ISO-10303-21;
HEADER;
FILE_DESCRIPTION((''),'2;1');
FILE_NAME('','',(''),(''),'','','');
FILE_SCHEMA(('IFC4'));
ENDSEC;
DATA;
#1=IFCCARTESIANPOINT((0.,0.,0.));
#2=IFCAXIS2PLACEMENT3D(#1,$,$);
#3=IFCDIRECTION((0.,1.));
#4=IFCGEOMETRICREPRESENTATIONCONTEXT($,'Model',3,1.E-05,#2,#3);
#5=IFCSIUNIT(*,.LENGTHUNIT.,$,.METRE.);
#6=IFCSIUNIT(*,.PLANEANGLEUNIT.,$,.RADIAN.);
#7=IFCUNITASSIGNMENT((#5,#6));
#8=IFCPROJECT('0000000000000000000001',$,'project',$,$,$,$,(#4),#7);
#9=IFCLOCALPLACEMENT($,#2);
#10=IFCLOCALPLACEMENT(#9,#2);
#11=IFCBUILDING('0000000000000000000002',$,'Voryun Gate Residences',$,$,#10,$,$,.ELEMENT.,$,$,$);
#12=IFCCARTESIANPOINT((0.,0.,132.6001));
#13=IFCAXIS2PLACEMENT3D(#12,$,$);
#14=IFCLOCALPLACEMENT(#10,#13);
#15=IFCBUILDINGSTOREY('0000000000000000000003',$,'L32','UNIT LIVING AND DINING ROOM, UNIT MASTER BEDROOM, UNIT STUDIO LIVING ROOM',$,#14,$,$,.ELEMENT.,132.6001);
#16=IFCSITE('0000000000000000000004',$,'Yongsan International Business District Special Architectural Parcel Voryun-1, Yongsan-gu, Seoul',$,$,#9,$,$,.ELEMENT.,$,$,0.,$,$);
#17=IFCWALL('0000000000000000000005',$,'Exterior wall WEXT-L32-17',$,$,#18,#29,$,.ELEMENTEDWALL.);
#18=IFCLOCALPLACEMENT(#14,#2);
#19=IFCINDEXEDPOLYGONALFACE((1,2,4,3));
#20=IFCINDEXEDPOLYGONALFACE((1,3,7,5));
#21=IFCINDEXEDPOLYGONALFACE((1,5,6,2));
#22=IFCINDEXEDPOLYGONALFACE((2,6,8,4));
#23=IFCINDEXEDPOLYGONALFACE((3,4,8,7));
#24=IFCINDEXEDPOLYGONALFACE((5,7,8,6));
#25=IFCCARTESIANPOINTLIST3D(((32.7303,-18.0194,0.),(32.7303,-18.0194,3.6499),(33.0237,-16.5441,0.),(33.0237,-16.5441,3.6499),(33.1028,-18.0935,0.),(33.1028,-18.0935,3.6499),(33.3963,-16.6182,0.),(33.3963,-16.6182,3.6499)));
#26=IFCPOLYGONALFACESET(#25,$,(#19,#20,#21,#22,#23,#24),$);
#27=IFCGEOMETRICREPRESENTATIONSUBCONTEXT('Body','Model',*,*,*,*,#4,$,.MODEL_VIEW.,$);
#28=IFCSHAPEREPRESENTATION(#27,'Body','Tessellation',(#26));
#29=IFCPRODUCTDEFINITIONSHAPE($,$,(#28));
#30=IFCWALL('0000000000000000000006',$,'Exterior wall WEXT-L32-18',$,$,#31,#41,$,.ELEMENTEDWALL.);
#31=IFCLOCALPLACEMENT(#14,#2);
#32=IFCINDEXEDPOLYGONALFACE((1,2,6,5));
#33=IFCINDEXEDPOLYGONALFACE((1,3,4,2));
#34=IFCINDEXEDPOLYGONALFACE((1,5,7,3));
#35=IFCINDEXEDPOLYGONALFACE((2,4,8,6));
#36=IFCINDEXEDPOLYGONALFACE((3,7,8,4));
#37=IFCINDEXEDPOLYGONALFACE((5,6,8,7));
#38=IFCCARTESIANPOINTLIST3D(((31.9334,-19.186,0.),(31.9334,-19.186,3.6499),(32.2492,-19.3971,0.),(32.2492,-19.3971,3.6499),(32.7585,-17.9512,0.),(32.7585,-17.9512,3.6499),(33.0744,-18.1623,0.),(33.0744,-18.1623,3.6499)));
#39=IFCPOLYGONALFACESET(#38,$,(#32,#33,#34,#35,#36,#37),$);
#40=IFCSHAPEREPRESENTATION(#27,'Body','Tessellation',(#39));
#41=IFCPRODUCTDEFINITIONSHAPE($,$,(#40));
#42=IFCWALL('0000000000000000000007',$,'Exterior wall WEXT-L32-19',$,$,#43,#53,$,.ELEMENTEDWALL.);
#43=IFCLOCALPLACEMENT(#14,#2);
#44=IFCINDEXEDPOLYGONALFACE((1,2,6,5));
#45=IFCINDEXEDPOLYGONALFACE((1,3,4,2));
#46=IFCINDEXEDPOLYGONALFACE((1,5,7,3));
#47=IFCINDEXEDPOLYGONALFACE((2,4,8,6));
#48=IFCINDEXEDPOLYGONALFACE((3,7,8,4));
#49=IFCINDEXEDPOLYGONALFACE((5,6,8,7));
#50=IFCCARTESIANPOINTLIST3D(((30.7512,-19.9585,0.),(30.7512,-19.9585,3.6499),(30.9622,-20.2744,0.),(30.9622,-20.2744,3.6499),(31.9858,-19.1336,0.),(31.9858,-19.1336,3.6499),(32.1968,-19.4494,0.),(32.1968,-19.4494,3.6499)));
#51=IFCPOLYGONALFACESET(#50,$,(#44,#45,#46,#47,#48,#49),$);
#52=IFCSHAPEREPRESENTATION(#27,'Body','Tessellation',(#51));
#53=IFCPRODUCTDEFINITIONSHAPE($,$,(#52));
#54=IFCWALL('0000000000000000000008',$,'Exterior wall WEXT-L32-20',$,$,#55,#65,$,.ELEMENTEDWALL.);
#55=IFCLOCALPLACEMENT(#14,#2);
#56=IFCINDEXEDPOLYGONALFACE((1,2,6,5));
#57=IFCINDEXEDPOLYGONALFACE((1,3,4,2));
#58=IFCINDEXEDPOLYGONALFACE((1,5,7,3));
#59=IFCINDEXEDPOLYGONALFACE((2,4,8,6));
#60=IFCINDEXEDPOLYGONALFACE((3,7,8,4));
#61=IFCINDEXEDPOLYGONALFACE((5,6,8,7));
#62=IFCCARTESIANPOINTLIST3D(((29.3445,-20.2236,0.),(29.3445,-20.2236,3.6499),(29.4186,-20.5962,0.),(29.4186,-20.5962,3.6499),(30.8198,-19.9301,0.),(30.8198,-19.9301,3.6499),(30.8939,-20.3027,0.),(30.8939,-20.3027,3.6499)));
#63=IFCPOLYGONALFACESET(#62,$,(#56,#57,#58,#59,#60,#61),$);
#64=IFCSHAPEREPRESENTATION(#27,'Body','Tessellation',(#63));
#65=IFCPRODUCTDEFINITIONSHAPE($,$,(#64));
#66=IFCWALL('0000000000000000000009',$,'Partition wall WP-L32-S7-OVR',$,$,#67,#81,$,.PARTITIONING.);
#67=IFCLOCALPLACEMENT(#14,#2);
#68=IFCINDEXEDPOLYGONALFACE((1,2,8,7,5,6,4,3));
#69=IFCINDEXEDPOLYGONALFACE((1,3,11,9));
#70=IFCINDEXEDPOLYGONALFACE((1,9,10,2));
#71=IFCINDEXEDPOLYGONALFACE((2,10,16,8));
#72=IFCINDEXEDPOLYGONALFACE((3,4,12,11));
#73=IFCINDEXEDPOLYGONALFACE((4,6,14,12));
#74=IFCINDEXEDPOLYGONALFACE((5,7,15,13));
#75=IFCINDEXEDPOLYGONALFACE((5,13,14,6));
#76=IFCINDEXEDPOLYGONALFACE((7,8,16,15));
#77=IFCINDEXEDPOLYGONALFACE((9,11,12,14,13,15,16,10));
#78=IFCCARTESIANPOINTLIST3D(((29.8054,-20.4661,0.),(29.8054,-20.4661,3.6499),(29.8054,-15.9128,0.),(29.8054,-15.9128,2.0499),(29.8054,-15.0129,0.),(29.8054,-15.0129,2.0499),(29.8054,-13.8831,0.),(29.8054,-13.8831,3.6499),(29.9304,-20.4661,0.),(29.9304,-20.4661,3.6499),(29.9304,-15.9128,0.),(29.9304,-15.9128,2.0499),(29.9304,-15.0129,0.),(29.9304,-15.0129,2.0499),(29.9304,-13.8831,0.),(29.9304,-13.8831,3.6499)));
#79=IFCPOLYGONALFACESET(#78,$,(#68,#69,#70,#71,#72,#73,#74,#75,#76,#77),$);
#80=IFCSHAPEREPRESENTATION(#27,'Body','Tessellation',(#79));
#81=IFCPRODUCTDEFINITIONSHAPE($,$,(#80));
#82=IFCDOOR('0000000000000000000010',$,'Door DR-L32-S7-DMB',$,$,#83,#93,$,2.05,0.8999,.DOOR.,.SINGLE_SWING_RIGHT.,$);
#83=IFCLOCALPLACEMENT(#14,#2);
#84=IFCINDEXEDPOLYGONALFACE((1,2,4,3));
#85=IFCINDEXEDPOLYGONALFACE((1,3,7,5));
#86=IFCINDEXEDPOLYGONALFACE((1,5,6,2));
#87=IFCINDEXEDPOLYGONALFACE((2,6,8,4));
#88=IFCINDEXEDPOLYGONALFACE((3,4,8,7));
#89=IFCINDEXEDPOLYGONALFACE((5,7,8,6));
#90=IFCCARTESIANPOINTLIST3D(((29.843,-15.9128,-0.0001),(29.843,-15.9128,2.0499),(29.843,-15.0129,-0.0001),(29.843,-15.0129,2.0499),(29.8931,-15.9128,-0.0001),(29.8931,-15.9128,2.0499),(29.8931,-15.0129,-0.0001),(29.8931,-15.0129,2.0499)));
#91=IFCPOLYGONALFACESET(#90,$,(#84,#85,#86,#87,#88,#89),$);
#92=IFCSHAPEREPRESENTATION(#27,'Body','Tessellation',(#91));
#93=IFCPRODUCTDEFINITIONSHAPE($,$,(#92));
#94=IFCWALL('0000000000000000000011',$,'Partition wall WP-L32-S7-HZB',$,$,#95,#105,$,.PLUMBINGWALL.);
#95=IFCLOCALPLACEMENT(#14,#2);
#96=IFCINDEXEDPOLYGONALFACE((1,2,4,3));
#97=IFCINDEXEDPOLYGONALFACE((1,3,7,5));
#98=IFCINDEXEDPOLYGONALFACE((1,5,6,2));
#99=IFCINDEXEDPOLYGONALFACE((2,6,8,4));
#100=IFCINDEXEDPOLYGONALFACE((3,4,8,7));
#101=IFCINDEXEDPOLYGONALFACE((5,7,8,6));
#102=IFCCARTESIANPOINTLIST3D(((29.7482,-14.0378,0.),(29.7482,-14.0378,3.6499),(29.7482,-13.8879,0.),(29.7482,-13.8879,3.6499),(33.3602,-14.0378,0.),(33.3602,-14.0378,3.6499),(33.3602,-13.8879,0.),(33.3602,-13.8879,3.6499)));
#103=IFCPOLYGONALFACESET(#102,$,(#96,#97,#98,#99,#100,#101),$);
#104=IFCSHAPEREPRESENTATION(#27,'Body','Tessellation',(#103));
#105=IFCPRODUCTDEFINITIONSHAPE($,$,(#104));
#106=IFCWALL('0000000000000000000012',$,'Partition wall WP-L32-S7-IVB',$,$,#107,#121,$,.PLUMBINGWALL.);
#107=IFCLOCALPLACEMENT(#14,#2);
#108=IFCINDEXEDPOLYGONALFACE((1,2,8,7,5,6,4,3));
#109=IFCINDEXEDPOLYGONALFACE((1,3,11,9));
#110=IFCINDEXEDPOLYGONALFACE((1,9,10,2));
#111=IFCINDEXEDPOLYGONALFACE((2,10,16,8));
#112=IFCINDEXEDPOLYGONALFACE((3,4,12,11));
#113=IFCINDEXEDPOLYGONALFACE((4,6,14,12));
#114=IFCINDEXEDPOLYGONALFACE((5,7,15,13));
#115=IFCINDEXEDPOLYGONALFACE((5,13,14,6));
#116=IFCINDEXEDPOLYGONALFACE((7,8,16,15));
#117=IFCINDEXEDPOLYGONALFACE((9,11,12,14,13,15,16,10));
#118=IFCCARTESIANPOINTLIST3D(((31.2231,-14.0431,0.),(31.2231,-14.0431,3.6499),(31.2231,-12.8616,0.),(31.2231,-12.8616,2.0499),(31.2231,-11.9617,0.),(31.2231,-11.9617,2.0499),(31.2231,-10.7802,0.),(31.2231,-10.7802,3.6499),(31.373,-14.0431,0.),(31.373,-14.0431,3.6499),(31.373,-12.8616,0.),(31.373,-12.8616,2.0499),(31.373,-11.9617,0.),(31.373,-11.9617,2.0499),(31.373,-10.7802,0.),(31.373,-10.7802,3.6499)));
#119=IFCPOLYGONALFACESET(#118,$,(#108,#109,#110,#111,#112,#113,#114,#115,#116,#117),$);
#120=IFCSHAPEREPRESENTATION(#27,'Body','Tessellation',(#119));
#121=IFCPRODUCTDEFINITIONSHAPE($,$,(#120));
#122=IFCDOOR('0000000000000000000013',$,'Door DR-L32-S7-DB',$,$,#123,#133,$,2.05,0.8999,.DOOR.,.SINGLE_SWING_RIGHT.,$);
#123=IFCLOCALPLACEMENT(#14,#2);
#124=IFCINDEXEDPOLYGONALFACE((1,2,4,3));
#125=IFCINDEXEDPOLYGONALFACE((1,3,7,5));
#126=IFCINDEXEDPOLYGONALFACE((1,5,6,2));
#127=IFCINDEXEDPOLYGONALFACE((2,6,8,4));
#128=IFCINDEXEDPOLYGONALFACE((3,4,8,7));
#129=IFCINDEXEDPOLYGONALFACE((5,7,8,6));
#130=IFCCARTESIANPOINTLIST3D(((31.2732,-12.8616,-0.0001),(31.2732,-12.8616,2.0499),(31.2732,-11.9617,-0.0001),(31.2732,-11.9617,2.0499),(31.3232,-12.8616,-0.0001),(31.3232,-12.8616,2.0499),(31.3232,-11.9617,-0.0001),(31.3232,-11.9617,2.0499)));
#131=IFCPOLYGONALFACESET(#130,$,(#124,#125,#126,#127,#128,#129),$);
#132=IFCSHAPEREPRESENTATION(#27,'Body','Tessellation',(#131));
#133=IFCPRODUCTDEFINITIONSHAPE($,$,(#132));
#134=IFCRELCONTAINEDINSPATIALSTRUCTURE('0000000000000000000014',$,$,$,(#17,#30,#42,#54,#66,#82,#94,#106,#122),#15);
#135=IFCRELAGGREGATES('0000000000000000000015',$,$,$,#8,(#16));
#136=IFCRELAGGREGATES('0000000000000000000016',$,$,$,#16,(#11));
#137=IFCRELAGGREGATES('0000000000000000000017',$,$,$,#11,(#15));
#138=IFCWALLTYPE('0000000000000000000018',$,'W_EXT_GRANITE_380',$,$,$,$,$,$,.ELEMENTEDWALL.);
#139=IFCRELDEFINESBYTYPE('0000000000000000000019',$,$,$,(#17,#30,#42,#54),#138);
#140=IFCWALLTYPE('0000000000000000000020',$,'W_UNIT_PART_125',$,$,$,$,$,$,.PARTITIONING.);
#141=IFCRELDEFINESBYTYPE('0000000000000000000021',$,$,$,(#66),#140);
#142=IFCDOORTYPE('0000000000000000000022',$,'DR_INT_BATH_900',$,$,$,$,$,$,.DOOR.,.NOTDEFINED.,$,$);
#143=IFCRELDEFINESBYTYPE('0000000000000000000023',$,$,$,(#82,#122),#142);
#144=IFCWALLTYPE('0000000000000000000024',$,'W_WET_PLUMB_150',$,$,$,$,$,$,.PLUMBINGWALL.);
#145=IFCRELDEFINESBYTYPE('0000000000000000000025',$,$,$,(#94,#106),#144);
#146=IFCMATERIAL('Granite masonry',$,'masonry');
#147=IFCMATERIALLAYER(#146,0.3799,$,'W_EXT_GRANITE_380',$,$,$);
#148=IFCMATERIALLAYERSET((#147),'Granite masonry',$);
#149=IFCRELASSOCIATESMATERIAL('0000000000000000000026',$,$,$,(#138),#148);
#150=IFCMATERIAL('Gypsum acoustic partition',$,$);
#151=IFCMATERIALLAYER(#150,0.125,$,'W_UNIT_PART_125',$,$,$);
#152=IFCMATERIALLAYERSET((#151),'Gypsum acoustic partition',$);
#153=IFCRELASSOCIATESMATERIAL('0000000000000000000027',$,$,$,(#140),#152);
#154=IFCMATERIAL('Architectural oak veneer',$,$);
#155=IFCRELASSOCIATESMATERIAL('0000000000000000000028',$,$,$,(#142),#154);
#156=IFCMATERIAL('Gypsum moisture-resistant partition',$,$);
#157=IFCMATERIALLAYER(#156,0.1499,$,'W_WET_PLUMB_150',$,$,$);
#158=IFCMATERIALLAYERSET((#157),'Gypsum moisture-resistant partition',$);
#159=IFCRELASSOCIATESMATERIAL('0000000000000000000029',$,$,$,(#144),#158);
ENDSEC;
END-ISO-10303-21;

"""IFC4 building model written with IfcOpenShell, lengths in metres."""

from ifc_helpers import new_model, si_unit, direction, frame, frame_2d, origin, place, context, subcontext, project, spatial, rectangle, extrude, material, layer, layer_set, type_object, element, fill, save


model = new_model("IFC4")

# Units and contexts
model_context = context("Model", 3, precision=1e-05, world=origin(), true_north=direction((0.0, 1.0)))
body_context = subcontext(model_context, "Body", "Model", "MODEL_VIEW")
ifc_project = project(units=[si_unit("LENGTHUNIT", "METRE"), si_unit("PLANEANGLEUNIT", "RADIAN")], contexts=[model_context])

# Site, building, storey
site_placement = place(None, origin())
site = spatial("IfcSite", under=ifc_project, at=site_placement, Name="Yongsan International Business District Special Architectural Parcel Voryun-1, Yongsan-gu, Seoul", CompositionType="ELEMENT", RefElevation=0.0)
building_placement = place(site_placement, origin())
building = spatial("IfcBuilding", under=site, at=building_placement, Name="Voryun Gate Residences", CompositionType="ELEMENT")
storey_placement = place(building_placement, frame((0.0, 0.0, 132.6001)))
storey = spatial("IfcBuildingStorey", under=building, at=storey_placement, Name="L32", Description="UNIT LIVING AND DINING ROOM, UNIT MASTER BEDROOM, UNIT STUDIO LIVING ROOM", CompositionType="ELEMENT", Elevation=132.6001)

# Walls
ifc_material_1 = material(Name="Granite masonry", Category="masonry")
ifc_layer_1 = layer(ifc_material_1, 0.3799, Name="W_EXT_GRANITE_380")
ifc_layer_set_1 = layer_set([ifc_layer_1], Name="Granite masonry")
wall_type_1 = type_object("IfcWallType", Name="W_EXT_GRANITE_380", PredefinedType="ELEMENTEDWALL", material=ifc_layer_set_1)
wall_1_placement = place(storey_placement, frame((33.21, -16.5813, 0.0), z_axis=(0.0, 0.0, 1.0), x_axis=(-0.195086, -0.980786, 0.0)))
element("IfcWall", 1, at=wall_1_placement, inside=storey, type_object=wall_type_1, Name="Exterior wall WEXT-L32-17", PredefinedType="ELEMENTEDWALL", context=body_context, shape_type="SweptSolid", body=[
    extrude(rectangle(XDim=1.5042, YDim=0.3799, at=frame_2d((0.752, 0.0))), origin(), (0.0, 0.0, 1.0), 3.6499),
])
wall_2_placement = place(storey_placement, frame((32.9165, -18.0566, 0.0), z_axis=(0.0, 0.0, 1.0), x_axis=(-0.55561, -0.831443, 0.0)))
element("IfcWall", 2, at=wall_2_placement, inside=storey, type_object=wall_type_1, Name="Exterior wall WEXT-L32-18", PredefinedType="ELEMENTEDWALL", context=body_context, shape_type="SweptSolid", body=[
    extrude(rectangle(XDim=1.4851, YDim=0.3799, at=frame_2d((0.7427, 0.0))), origin(), (0.0, 0.0, 1.0), 3.6499),
])
wall_3_placement = place(storey_placement, frame((32.0913, -19.2915, 0.0), z_axis=(0.0, 0.0, 1.0), x_axis=(-0.831468, -0.555573, 0.0)))
element("IfcWall", 3, at=wall_3_placement, inside=storey, type_object=wall_type_1, Name="Exterior wall WEXT-L32-19", PredefinedType="ELEMENTEDWALL", context=body_context, shape_type="SweptSolid", body=[
    extrude(rectangle(XDim=1.4849, YDim=0.3799, at=frame_2d((0.7424, 0.0))), origin(), (0.0, 0.0, 1.0), 3.6499),
])
wall_4_placement = place(storey_placement, frame((30.8567, -20.1165, 0.0), z_axis=(0.0, 0.0, 1.0), x_axis=(-0.980786, -0.195086, 0.0)))
element("IfcWall", 4, at=wall_4_placement, inside=storey, type_object=wall_type_1, Name="Exterior wall WEXT-L32-20", PredefinedType="ELEMENTEDWALL", context=body_context, shape_type="SweptSolid", body=[
    extrude(rectangle(XDim=1.5042, YDim=0.3799, at=frame_2d((0.752, 0.0))), origin(), (0.0, 0.0, 1.0), 3.6499),
])

# Wall, opening, door
ifc_material_2 = material(Name="Gypsum acoustic partition")
ifc_layer_2 = layer(ifc_material_2, 0.125, Name="W_UNIT_PART_125")
ifc_layer_set_2 = layer_set([ifc_layer_2], Name="Gypsum acoustic partition")
wall_type_2 = type_object("IfcWallType", Name="W_UNIT_PART_125", PredefinedType="PARTITIONING", material=ifc_layer_set_2)
wall_5_placement = place(storey_placement, frame((29.8679, -20.4661, 0.0), z_axis=(0.0, 0.0, 1.0), x_axis=(0.0, 1.0, 0.0)))
wall_5 = element("IfcWall", 5, at=wall_5_placement, inside=storey, type_object=wall_type_2, Name="Partition wall WP-L32-S7-OVR", PredefinedType="PARTITIONING", context=body_context, shape_type="SweptSolid", body=[
    extrude(rectangle(XDim=6.583, YDim=0.125, at=frame_2d((3.2915, 0.0))), origin(), (0.0, 0.0, 1.0), 3.6499),
])
opening_1_placement = place(wall_5_placement, frame((4.5532, 0.0, 0.0)))
opening_1 = element("IfcOpeningElement", 6, at=opening_1_placement, cuts=wall_5, PredefinedType="OPENING", context=body_context, shape_type="SweptSolid", body=[
    extrude(rectangle(XDim=0.8999, YDim=2.05, at=frame_2d((0.45, 1.0249))), frame((0.0, 0.0725, 0.0), z_axis=(0.0, -1.0, 0.0), x_axis=(1.0, 0.0, 0.0)), (0.0, 0.0, 1.0), 0.145),
])
ifc_material_3 = material(Name="Architectural oak veneer")
door_type = type_object("IfcDoorType", Name="DR_INT_BATH_900", OperationType="NOTDEFINED", PredefinedType="DOOR", material=ifc_material_3)
door_1_placement = place(opening_1_placement, origin())
door_1 = element("IfcDoor", 7, at=door_1_placement, inside=storey, type_object=door_type, Name="Door DR-L32-S7-DMB", OperationType="SINGLE_SWING_RIGHT", OverallHeight=2.05, OverallWidth=0.8999, PredefinedType="DOOR", context=body_context, shape_type="SweptSolid", body=[
    extrude(rectangle(XDim=0.8999, YDim=2.05, at=frame_2d((0.45, 1.0249))), frame((0.0, 0.0249, 0.0), z_axis=(0.0, -1.0, 0.0), x_axis=(1.0, 0.0, 0.0)), (0.0, 0.0, 1.0), 0.05),
])
fill(opening_1, door_1)

# Wall
ifc_material_4 = material(Name="Gypsum moisture-resistant partition")
ifc_layer_3 = layer(ifc_material_4, 0.1499, Name="W_WET_PLUMB_150")
ifc_layer_set_3 = layer_set([ifc_layer_3], Name="Gypsum moisture-resistant partition")
wall_type_3 = type_object("IfcWallType", Name="W_WET_PLUMB_150", PredefinedType="PLUMBINGWALL", material=ifc_layer_set_3)
wall_6_placement = place(storey_placement, frame((29.748, -13.9629, 0.0), z_axis=(0.0, 0.0, 1.0), x_axis=(1.0, 0.0, 0.0)))
element("IfcWall", 8, at=wall_6_placement, inside=storey, type_object=wall_type_3, Name="Partition wall WP-L32-S7-HZB", PredefinedType="PLUMBINGWALL", context=body_context, shape_type="SweptSolid", body=[
    extrude(rectangle(XDim=3.6121, YDim=0.1499, at=frame_2d((1.8062, 0.0))), origin(), (0.0, 0.0, 1.0), 3.6499),
])

# Wall, opening, door
wall_7_placement = place(storey_placement, frame((31.2981, -14.043, 0.0), z_axis=(0.0, 0.0, 1.0), x_axis=(0.0, 1.0, 0.0)))
wall_7 = element("IfcWall", 9, at=wall_7_placement, inside=storey, type_object=wall_type_3, Name="Partition wall WP-L32-S7-IVB", PredefinedType="PLUMBINGWALL", context=body_context, shape_type="SweptSolid", body=[
    extrude(rectangle(XDim=3.2629, YDim=0.1499, at=frame_2d((1.6313, 0.0))), origin(), (0.0, 0.0, 1.0), 3.6499),
])
opening_2_placement = place(wall_7_placement, frame((1.1814, 0.0, 0.0)))
opening_2 = element("IfcOpeningElement", 10, at=opening_2_placement, cuts=wall_7, PredefinedType="OPENING", context=body_context, shape_type="SweptSolid", body=[
    extrude(rectangle(XDim=0.8999, YDim=2.05, at=frame_2d((0.45, 1.0249))), frame((0.0, 0.085, 0.0), z_axis=(0.0, -1.0, 0.0), x_axis=(1.0, 0.0, 0.0)), (0.0, 0.0, 1.0), 0.1699),
])
door_2_placement = place(opening_2_placement, origin())
door_2 = element("IfcDoor", 11, at=door_2_placement, inside=storey, type_object=door_type, Name="Door DR-L32-S7-DB", OperationType="SINGLE_SWING_RIGHT", OverallHeight=2.05, OverallWidth=0.8999, PredefinedType="DOOR", context=body_context, shape_type="SweptSolid", body=[
    extrude(rectangle(XDim=0.8999, YDim=2.05, at=frame_2d((0.45, 1.0249))), frame((0.0, 0.0249, 0.0), z_axis=(0.0, -1.0, 0.0), x_axis=(1.0, 0.0, 0.0)), (0.0, 0.0, 1.0), 0.05),
])
fill(opening_2, door_2)

save(model, "model.ifc")
